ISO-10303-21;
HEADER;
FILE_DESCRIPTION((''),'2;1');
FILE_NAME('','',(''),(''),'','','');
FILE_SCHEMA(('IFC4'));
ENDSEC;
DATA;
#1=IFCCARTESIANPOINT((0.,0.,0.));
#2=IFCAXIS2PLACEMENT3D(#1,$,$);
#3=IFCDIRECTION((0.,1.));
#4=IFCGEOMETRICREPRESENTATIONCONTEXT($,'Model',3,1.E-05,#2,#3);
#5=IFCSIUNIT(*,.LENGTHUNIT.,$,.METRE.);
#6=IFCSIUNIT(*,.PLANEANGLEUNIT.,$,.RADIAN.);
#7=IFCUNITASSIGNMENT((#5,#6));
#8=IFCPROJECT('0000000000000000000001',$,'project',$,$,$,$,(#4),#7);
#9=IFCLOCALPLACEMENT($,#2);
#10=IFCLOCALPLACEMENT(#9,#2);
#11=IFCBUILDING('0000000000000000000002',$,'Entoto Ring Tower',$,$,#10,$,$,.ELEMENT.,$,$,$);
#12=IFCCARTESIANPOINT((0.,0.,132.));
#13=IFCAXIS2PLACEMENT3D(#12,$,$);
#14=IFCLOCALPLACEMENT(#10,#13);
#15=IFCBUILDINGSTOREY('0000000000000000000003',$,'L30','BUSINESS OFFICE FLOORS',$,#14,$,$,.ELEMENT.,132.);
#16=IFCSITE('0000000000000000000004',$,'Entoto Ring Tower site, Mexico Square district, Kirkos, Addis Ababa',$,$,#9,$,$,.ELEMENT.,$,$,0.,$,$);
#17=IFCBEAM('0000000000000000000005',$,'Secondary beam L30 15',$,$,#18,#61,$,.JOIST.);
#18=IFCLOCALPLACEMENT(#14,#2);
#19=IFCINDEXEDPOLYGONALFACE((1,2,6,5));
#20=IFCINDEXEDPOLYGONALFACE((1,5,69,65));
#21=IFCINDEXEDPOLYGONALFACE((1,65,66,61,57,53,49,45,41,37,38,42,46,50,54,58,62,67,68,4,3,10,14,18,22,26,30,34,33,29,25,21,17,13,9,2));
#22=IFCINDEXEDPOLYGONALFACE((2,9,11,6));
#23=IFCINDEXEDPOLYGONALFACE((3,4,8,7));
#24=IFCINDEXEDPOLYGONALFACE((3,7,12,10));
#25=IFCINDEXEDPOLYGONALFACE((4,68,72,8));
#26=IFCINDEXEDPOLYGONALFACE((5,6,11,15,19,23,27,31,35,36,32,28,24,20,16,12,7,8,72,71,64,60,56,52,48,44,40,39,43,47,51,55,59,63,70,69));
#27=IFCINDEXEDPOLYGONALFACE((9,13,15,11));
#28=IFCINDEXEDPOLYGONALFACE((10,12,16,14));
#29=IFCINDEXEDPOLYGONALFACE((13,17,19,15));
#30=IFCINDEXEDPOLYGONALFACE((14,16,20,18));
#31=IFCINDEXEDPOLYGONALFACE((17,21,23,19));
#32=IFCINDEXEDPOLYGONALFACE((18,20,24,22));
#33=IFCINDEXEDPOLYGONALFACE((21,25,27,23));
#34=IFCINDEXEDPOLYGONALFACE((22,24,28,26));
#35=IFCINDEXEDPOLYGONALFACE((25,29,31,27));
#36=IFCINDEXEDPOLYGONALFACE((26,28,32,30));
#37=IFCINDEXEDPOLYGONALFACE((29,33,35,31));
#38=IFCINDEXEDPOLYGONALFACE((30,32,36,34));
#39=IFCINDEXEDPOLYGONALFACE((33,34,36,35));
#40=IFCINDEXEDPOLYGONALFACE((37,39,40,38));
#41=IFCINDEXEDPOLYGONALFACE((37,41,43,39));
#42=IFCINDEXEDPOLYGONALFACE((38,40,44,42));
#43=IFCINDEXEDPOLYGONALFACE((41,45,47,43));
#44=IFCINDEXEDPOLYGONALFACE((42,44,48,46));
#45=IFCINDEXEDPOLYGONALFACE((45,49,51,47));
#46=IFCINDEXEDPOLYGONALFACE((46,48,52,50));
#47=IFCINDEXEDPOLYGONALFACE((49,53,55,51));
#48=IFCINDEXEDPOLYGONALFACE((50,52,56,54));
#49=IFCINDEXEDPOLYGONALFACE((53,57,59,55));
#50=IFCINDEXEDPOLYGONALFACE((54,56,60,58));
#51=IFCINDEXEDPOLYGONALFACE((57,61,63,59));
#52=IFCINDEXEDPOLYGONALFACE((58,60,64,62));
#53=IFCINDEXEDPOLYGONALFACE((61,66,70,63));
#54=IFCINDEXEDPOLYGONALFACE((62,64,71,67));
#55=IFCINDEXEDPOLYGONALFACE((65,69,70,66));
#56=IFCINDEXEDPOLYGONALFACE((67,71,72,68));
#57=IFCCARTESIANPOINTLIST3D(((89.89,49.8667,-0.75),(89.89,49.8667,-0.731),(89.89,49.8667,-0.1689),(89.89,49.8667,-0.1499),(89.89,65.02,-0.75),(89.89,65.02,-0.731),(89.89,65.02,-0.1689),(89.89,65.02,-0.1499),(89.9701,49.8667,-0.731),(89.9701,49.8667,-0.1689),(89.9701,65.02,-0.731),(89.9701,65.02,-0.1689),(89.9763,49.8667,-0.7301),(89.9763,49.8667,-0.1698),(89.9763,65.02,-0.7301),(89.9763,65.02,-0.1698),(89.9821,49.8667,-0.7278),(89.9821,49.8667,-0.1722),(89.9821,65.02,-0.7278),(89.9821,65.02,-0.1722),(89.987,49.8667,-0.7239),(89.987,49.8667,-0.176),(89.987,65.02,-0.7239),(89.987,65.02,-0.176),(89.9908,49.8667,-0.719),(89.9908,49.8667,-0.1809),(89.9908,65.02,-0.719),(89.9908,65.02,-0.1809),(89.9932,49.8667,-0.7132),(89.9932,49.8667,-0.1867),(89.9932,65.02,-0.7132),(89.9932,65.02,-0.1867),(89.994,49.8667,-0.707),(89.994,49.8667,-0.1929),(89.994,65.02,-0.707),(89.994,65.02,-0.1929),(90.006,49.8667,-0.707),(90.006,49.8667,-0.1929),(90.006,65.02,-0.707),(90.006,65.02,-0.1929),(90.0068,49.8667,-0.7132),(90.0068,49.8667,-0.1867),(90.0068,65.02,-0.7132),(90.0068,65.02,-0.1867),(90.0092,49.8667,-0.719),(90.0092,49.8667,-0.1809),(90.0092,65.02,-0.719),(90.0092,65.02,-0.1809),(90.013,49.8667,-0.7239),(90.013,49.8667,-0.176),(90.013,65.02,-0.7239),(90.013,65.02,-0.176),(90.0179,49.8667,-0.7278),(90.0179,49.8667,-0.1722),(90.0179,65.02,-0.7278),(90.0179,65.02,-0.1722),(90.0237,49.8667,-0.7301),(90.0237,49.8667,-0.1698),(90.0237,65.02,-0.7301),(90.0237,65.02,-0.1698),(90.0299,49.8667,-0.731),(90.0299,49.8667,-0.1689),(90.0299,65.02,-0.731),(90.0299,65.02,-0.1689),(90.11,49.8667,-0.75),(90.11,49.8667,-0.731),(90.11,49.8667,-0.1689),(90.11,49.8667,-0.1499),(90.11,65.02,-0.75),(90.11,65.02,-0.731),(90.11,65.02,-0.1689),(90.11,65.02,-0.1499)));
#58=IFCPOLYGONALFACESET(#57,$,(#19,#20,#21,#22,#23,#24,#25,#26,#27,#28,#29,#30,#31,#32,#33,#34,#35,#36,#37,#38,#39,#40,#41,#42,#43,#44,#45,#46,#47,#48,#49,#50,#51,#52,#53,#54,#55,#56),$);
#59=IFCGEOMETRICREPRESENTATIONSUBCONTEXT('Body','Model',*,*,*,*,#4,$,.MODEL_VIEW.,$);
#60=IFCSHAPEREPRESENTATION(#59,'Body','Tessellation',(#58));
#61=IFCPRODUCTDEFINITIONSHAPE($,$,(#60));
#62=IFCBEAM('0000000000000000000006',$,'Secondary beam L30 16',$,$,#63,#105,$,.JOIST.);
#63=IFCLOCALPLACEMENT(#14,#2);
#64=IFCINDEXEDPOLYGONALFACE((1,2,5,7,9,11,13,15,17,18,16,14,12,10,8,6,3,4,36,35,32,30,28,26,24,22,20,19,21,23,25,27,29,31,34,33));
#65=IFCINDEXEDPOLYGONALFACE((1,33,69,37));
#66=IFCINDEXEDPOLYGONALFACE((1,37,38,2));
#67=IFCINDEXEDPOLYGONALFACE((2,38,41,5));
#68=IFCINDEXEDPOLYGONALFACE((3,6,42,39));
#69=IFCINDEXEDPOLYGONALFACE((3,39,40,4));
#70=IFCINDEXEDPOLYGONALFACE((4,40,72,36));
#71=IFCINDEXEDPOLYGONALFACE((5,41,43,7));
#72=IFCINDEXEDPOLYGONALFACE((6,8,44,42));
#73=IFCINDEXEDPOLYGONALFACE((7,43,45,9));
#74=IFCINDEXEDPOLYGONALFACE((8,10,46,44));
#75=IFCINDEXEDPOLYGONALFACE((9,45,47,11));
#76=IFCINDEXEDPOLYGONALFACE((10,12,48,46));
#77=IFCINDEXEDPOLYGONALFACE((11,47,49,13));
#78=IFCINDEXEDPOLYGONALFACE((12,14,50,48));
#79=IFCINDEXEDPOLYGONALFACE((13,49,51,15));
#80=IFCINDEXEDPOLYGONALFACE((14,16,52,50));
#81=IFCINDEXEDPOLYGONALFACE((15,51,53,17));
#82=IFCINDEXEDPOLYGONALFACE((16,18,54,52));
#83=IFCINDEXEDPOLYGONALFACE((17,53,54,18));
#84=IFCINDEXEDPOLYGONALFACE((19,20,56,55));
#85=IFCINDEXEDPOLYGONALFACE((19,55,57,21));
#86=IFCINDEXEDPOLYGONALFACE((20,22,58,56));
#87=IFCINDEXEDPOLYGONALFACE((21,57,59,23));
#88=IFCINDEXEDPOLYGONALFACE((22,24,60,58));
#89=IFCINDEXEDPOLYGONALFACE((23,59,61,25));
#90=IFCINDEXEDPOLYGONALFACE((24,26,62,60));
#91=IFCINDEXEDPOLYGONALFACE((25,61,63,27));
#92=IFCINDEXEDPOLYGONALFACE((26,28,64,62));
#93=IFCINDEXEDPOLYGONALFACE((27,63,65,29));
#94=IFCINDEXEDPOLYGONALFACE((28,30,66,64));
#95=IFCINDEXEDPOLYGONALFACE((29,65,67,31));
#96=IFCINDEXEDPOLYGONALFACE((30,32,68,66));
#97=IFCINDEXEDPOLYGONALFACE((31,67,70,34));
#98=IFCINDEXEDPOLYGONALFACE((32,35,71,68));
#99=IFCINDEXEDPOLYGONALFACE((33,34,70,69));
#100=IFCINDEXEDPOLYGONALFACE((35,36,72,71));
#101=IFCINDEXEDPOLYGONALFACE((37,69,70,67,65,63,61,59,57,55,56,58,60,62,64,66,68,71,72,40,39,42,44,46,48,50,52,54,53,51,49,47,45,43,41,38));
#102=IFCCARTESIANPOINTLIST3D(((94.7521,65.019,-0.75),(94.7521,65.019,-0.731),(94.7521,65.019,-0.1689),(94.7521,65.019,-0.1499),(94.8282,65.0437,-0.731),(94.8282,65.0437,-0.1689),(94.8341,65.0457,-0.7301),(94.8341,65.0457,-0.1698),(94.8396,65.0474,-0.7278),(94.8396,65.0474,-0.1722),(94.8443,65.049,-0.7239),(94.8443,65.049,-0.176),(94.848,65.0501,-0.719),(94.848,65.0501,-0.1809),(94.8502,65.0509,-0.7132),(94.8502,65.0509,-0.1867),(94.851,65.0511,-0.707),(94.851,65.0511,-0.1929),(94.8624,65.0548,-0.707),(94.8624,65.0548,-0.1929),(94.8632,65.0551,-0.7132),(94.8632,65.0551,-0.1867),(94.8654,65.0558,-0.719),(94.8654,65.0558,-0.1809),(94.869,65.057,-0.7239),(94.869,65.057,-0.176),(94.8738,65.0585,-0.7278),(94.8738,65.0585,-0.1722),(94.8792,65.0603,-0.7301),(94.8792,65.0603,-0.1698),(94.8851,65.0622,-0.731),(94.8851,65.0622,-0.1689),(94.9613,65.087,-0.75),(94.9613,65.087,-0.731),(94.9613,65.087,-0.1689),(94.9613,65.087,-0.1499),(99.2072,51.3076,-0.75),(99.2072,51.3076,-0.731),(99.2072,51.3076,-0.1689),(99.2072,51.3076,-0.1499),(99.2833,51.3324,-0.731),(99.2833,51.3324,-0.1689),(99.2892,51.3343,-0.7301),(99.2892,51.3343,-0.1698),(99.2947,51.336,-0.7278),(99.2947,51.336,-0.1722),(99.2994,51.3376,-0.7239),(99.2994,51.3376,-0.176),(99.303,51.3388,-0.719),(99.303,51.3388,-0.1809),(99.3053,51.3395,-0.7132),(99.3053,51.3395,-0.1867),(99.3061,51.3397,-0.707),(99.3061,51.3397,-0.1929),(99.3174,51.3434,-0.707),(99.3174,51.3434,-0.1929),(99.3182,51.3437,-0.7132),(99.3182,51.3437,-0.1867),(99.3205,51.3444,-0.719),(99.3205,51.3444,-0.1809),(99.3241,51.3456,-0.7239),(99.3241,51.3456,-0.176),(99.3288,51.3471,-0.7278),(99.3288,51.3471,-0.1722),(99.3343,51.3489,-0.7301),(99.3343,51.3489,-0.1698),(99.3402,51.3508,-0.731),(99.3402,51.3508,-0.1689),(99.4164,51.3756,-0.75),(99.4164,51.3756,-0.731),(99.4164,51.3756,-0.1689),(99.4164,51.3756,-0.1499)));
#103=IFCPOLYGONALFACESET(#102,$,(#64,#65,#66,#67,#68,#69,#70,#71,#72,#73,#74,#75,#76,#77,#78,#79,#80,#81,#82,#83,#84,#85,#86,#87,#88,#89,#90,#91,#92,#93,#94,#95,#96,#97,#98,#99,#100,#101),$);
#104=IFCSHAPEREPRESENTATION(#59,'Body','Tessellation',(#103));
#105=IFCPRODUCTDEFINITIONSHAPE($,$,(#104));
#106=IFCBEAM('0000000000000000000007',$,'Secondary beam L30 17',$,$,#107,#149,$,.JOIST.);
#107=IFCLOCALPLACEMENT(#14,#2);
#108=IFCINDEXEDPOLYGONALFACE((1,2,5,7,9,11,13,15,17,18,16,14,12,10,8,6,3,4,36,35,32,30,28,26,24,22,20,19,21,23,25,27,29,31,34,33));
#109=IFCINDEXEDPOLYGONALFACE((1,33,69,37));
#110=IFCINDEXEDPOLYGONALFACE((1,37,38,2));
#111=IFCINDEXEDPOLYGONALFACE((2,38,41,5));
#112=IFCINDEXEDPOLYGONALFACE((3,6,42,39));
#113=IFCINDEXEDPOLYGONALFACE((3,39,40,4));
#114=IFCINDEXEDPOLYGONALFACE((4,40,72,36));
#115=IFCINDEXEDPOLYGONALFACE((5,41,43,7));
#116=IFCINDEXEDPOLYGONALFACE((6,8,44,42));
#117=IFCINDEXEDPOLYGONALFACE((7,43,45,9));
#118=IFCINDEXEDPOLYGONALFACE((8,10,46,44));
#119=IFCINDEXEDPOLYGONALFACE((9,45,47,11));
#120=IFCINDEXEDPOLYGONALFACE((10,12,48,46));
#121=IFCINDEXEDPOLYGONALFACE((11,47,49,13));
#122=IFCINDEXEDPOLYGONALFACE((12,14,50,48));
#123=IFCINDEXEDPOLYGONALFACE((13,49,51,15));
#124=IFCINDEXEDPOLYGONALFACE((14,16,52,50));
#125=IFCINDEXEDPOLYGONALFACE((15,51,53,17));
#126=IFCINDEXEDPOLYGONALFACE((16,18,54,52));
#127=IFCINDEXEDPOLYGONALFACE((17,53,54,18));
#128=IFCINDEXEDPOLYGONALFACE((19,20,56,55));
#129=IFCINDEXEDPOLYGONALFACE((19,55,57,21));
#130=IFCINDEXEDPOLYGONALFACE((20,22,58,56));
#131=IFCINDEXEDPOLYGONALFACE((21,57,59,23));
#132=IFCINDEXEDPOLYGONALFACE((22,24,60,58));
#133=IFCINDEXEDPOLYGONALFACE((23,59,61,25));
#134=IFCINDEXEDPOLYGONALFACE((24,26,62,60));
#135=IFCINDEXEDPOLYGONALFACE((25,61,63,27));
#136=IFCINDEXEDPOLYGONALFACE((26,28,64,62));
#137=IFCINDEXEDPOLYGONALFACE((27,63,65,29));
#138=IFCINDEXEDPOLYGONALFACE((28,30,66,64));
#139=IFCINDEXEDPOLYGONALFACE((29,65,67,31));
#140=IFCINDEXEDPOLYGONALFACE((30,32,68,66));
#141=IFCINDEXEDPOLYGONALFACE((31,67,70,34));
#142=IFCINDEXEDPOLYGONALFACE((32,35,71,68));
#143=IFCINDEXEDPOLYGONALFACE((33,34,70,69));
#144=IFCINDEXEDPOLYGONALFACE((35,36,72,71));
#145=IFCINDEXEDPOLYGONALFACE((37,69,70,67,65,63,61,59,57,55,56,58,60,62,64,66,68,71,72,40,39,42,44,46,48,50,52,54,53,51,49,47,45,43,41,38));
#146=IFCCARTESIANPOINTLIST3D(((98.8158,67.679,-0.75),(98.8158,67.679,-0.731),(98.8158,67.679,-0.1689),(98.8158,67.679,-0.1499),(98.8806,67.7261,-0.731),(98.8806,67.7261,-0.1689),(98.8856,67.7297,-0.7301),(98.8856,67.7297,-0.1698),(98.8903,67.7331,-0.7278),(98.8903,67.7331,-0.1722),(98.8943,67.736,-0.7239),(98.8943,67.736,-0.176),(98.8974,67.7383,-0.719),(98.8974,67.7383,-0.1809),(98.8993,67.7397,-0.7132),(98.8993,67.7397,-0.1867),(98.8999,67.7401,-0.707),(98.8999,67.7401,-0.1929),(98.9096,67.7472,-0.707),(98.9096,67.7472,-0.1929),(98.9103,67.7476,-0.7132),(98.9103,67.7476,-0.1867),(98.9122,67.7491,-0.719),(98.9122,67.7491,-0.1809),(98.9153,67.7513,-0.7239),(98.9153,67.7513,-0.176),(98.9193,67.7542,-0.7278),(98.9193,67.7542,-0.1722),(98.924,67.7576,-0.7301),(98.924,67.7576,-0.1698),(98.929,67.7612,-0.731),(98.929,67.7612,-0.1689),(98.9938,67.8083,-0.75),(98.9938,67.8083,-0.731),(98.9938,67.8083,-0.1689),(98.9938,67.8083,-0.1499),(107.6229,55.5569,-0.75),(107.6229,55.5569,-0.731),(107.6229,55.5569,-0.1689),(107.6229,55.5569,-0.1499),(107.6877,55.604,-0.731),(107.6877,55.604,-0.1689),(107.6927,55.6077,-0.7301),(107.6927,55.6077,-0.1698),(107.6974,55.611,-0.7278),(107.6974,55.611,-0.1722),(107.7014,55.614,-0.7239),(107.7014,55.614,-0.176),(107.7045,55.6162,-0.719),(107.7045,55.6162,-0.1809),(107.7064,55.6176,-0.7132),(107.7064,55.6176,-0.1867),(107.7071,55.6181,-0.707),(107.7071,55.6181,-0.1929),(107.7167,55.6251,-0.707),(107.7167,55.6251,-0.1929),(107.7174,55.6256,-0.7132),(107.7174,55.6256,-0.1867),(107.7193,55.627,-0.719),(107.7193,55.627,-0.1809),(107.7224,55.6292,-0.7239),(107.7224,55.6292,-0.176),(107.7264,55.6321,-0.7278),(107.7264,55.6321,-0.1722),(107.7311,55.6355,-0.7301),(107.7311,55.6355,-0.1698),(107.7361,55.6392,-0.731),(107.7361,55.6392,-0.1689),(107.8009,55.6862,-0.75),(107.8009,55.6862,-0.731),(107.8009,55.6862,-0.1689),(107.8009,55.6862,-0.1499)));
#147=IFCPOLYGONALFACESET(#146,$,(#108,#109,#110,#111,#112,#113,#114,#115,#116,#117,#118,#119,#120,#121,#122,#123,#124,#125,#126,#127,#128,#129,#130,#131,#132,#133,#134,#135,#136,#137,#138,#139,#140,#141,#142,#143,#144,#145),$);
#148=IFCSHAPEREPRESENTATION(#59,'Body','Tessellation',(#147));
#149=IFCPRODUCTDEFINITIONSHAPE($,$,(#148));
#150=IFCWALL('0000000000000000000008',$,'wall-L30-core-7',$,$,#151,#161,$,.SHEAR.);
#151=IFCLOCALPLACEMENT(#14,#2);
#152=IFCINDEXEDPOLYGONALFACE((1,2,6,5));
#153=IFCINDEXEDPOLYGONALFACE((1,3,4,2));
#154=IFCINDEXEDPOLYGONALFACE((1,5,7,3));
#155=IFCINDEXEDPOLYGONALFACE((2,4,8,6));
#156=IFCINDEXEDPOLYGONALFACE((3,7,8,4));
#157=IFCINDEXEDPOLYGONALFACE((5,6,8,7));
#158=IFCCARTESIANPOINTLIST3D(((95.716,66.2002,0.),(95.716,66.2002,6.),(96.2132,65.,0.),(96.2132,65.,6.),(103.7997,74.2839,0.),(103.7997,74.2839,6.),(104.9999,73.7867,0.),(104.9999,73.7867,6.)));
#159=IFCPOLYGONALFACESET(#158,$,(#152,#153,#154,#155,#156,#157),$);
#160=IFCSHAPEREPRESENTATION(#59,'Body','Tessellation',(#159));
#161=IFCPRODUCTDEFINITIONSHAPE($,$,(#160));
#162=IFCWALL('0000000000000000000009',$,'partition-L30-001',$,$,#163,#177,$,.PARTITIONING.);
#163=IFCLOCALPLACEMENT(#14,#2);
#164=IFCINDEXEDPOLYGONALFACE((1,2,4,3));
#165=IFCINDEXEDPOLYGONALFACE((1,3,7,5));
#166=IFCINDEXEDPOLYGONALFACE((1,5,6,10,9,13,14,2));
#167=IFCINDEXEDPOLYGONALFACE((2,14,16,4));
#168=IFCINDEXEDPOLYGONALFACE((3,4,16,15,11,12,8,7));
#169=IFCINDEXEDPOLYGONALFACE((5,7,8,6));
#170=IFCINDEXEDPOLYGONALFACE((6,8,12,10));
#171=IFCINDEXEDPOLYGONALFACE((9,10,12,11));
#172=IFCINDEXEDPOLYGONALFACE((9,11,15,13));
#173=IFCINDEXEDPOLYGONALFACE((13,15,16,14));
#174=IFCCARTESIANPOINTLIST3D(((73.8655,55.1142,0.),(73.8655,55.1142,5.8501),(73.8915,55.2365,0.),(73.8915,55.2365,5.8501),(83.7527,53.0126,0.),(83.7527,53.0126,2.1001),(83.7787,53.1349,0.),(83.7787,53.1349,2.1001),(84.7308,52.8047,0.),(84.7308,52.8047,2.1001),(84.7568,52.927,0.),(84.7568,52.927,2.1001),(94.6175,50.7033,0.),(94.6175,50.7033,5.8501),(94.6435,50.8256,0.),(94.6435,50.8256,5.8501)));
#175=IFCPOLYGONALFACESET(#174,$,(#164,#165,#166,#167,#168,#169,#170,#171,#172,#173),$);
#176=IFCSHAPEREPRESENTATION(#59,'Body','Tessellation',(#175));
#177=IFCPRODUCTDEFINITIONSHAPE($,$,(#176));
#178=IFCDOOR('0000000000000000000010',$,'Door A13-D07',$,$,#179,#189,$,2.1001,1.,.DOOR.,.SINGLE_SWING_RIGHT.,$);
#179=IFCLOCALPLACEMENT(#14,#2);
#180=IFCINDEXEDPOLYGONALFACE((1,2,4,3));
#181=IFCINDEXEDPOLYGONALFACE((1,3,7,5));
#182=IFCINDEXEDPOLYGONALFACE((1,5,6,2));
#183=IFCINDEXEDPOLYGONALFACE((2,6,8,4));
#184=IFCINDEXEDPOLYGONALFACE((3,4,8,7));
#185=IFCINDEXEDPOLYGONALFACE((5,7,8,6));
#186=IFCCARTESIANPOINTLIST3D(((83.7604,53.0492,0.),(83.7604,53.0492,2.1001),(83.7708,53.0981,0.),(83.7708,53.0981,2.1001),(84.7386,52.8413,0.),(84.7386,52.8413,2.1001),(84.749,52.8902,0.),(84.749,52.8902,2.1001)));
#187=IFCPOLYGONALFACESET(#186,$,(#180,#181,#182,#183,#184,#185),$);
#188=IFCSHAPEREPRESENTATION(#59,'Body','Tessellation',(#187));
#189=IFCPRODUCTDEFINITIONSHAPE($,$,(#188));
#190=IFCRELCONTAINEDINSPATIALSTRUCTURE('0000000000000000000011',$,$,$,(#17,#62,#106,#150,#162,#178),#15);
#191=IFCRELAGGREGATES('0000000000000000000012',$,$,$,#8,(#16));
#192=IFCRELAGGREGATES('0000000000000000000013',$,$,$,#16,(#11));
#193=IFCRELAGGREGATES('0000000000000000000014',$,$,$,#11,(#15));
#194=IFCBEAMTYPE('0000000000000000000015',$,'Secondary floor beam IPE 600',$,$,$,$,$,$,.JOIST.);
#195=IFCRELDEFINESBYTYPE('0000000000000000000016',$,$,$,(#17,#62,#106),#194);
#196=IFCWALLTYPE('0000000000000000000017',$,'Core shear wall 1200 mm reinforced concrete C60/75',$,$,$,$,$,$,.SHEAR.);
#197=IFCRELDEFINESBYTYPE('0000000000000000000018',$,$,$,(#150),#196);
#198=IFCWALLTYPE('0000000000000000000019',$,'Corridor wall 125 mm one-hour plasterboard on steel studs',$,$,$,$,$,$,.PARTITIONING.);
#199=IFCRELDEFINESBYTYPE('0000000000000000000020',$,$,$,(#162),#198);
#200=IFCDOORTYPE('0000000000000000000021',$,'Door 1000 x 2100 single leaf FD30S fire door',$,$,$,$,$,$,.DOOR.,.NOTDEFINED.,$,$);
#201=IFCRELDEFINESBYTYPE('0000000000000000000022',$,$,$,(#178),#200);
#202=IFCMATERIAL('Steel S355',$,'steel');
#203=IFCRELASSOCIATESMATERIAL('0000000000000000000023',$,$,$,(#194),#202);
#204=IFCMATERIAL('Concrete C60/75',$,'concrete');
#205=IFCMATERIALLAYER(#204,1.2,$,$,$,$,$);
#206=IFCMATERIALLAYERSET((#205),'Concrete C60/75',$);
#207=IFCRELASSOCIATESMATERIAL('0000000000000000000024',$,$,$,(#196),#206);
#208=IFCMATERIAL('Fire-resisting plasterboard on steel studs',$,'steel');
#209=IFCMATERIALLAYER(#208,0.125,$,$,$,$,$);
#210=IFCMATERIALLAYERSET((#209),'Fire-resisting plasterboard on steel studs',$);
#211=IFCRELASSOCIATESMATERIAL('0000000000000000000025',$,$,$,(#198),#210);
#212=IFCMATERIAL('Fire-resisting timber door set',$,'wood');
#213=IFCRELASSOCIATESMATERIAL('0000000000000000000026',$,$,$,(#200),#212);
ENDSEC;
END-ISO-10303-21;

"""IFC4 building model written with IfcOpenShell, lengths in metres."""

from ifc_helpers import new_model, si_unit, direction, frame, frame_2d, origin, origin_2d, place, context, subcontext, project, spatial, polyline, rectangle, i_section, outline, extrude, material, layer, layer_set, material_profile, profile_set, type_object, element, fill, save


model = new_model("IFC4")

# Units and contexts
model_context = context("Model", 3, precision=1e-05, world=origin(), true_north=direction((0.0, 1.0)))
body_context = subcontext(model_context, "Body", "Model", "MODEL_VIEW")
ifc_project = project(units=[si_unit("LENGTHUNIT", "METRE"), si_unit("PLANEANGLEUNIT", "RADIAN")], contexts=[model_context])

# Site, building, storey
site_placement = place(None, origin())
site = spatial("IfcSite", under=ifc_project, at=site_placement, Name="Entoto Ring Tower site, Mexico Square district, Kirkos, Addis Ababa", CompositionType="ELEMENT", RefElevation=0.0)
building_placement = place(site_placement, origin())
building = spatial("IfcBuilding", under=site, at=building_placement, Name="Entoto Ring Tower", CompositionType="ELEMENT")
storey_placement = place(building_placement, frame((0.0, 0.0, 132.0)))
storey = spatial("IfcBuildingStorey", under=building, at=storey_placement, Name="L30", Description="BUSINESS OFFICE FLOORS", CompositionType="ELEMENT", Elevation=132.0)

# Beams
ifc_material_1 = material(Name="Steel S355", Category="steel")
ifc_material_profile_1 = material_profile(ifc_material_1, i_section(OverallWidth=0.22, OverallDepth=0.6001, WebThickness=0.012, FlangeThickness=0.019, FilletRadius=0.0239, at=origin_2d()), Name="IPE 600")
ifc_profile_set_1 = profile_set([ifc_material_profile_1], Name="Steel S355")
beam_type_1 = type_object("IfcBeamType", Name="Secondary floor beam IPE 600", PredefinedType="JOIST", material=ifc_profile_set_1)
beam_1_placement = place(storey_placement, frame((90.0, 65.02, -0.45), z_axis=(0.0, -1.0, 0.0), x_axis=(1.0, 0.0, 0.0)))
element("IfcBeam", 1, at=beam_1_placement, inside=storey, type_object=beam_type_1, Name="Secondary beam L30 15", PredefinedType="JOIST", context=body_context, shape_type="SweptSolid", body=[
    extrude(i_section(OverallWidth=0.22, OverallDepth=0.6001, WebThickness=0.012, FlangeThickness=0.019, FilletRadius=0.0239, at=origin_2d()), origin(), (0.0, 0.0, 1.0), 15.1533),
])
beam_2_placement = place(storey_placement, frame((94.8567, 65.053, -0.45), z_axis=(0.309015, -0.951057, 0.0), x_axis=(0.951057, 0.309015, 0.0)))
element("IfcBeam", 2, at=beam_2_placement, inside=storey, type_object=beam_type_1, Name="Secondary beam L30 16", PredefinedType="JOIST", context=body_context, shape_type="SweptSolid", body=[
    extrude(i_section(OverallWidth=0.22, OverallDepth=0.6001, WebThickness=0.012, FlangeThickness=0.019, FilletRadius=0.0239, at=origin_2d()), origin(), (0.0, 0.0, 1.0), 14.417),
])
beam_3_placement = place(storey_placement, frame((98.9048, 67.7437, -0.45), z_axis=(0.587782, -0.809019, 0.0), x_axis=(0.809019, 0.587782, 0.0)))
element("IfcBeam", 3, at=beam_3_placement, inside=storey, type_object=beam_type_1, Name="Secondary beam L30 17", PredefinedType="JOIST", context=body_context, shape_type="SweptSolid", body=[
    extrude(i_section(OverallWidth=0.22, OverallDepth=0.6001, WebThickness=0.012, FlangeThickness=0.019, FilletRadius=0.0239, at=origin_2d()), origin(), (0.0, 0.0, 1.0), 14.9836),
])

# Wall
ifc_material_2 = material(Name="Concrete C60/75", Category="concrete")
ifc_layer_1 = layer(ifc_material_2, 1.2)
ifc_layer_set_1 = layer_set([ifc_layer_1], Name="Concrete C60/75")
wall_type_1 = type_object("IfcWallType", Name="Core shear wall 1200 mm reinforced concrete C60/75", PredefinedType="SHEAR", material=ifc_layer_set_1)
wall_1_placement = place(storey_placement, frame((95.9646, 65.6001, 0.0), z_axis=(0.0, 0.0, 1.0), x_axis=(0.707107, 0.707107, 0.0)))
element("IfcWall", 4, at=wall_1_placement, inside=storey, type_object=wall_type_1, Name="wall-L30-core-7", PredefinedType="SHEAR", context=body_context, shape_type="SweptSolid", body=[
    extrude(outline(polyline([(-0.2485, -0.6001), (12.1777, -0.6001), (11.6807, 0.6001), (0.2485, 0.6001), (-0.2485, -0.6001)])), origin(), (0.0, 0.0, 1.0), 6.0),
])

# Wall, opening, door
ifc_material_3 = material(Name="Fire-resisting plasterboard on steel studs", Category="steel")
ifc_layer_2 = layer(ifc_material_3, 0.125)
ifc_layer_set_2 = layer_set([ifc_layer_2], Name="Fire-resisting plasterboard on steel studs")
wall_type_2 = type_object("IfcWallType", Name="Corridor wall 125 mm one-hour plasterboard on steel studs", PredefinedType="PARTITIONING", material=ifc_layer_set_2)
wall_2_placement = place(storey_placement, frame((94.6306, 50.7644, 0.0), z_axis=(0.0, 0.0, 1.0), x_axis=(-0.978148, 0.207908, 0.0)))
wall_2 = element("IfcWall", 5, at=wall_2_placement, inside=storey, type_object=wall_type_2, Name="partition-L30-001", PredefinedType="PARTITIONING", context=body_context, shape_type="SweptSolid", body=[
    extrude(rectangle(XDim=21.2156, YDim=0.125, at=frame_2d((10.6079, 0.0))), origin(), (0.0, 0.0, 1.0), 5.8501),
])
opening_placement = place(wall_2_placement, frame((10.1077, 0.0, 0.0)))
opening = element("IfcOpeningElement", 6, at=opening_placement, cuts=wall_2, PredefinedType="OPENING", context=body_context, shape_type="SweptSolid", body=[
    extrude(rectangle(XDim=1.0, YDim=2.1001, at=frame_2d((0.5, 1.05))), frame((0.0, 0.0725, 0.0), z_axis=(0.0, -1.0, 0.0), x_axis=(1.0, 0.0, 0.0)), (0.0, 0.0, 1.0), 0.145),
])
ifc_material_4 = material(Name="Fire-resisting timber door set", Category="wood")
door_type = type_object("IfcDoorType", Name="Door 1000 x 2100 single leaf FD30S fire door", OperationType="NOTDEFINED", PredefinedType="DOOR", material=ifc_material_4)
door_placement = place(opening_placement, frame((1.0, 0.0, 0.0), z_axis=(0.0, 0.0, 1.0), x_axis=(-1.0, 0.0, 0.0)))
door = element("IfcDoor", 7, at=door_placement, inside=storey, type_object=door_type, Name="Door A13-D07", OperationType="SINGLE_SWING_RIGHT", OverallHeight=2.1001, OverallWidth=1.0, PredefinedType="DOOR", context=body_context, shape_type="SweptSolid", body=[
    extrude(rectangle(XDim=1.0, YDim=2.1001, at=frame_2d((0.5, 1.05))), frame((0.0, 0.0249, 0.0), z_axis=(0.0, -1.0, 0.0), x_axis=(1.0, 0.0, 0.0)), (0.0, 0.0, 1.0), 0.05),
])
fill(opening, door)

save(model, "model.ifc")
